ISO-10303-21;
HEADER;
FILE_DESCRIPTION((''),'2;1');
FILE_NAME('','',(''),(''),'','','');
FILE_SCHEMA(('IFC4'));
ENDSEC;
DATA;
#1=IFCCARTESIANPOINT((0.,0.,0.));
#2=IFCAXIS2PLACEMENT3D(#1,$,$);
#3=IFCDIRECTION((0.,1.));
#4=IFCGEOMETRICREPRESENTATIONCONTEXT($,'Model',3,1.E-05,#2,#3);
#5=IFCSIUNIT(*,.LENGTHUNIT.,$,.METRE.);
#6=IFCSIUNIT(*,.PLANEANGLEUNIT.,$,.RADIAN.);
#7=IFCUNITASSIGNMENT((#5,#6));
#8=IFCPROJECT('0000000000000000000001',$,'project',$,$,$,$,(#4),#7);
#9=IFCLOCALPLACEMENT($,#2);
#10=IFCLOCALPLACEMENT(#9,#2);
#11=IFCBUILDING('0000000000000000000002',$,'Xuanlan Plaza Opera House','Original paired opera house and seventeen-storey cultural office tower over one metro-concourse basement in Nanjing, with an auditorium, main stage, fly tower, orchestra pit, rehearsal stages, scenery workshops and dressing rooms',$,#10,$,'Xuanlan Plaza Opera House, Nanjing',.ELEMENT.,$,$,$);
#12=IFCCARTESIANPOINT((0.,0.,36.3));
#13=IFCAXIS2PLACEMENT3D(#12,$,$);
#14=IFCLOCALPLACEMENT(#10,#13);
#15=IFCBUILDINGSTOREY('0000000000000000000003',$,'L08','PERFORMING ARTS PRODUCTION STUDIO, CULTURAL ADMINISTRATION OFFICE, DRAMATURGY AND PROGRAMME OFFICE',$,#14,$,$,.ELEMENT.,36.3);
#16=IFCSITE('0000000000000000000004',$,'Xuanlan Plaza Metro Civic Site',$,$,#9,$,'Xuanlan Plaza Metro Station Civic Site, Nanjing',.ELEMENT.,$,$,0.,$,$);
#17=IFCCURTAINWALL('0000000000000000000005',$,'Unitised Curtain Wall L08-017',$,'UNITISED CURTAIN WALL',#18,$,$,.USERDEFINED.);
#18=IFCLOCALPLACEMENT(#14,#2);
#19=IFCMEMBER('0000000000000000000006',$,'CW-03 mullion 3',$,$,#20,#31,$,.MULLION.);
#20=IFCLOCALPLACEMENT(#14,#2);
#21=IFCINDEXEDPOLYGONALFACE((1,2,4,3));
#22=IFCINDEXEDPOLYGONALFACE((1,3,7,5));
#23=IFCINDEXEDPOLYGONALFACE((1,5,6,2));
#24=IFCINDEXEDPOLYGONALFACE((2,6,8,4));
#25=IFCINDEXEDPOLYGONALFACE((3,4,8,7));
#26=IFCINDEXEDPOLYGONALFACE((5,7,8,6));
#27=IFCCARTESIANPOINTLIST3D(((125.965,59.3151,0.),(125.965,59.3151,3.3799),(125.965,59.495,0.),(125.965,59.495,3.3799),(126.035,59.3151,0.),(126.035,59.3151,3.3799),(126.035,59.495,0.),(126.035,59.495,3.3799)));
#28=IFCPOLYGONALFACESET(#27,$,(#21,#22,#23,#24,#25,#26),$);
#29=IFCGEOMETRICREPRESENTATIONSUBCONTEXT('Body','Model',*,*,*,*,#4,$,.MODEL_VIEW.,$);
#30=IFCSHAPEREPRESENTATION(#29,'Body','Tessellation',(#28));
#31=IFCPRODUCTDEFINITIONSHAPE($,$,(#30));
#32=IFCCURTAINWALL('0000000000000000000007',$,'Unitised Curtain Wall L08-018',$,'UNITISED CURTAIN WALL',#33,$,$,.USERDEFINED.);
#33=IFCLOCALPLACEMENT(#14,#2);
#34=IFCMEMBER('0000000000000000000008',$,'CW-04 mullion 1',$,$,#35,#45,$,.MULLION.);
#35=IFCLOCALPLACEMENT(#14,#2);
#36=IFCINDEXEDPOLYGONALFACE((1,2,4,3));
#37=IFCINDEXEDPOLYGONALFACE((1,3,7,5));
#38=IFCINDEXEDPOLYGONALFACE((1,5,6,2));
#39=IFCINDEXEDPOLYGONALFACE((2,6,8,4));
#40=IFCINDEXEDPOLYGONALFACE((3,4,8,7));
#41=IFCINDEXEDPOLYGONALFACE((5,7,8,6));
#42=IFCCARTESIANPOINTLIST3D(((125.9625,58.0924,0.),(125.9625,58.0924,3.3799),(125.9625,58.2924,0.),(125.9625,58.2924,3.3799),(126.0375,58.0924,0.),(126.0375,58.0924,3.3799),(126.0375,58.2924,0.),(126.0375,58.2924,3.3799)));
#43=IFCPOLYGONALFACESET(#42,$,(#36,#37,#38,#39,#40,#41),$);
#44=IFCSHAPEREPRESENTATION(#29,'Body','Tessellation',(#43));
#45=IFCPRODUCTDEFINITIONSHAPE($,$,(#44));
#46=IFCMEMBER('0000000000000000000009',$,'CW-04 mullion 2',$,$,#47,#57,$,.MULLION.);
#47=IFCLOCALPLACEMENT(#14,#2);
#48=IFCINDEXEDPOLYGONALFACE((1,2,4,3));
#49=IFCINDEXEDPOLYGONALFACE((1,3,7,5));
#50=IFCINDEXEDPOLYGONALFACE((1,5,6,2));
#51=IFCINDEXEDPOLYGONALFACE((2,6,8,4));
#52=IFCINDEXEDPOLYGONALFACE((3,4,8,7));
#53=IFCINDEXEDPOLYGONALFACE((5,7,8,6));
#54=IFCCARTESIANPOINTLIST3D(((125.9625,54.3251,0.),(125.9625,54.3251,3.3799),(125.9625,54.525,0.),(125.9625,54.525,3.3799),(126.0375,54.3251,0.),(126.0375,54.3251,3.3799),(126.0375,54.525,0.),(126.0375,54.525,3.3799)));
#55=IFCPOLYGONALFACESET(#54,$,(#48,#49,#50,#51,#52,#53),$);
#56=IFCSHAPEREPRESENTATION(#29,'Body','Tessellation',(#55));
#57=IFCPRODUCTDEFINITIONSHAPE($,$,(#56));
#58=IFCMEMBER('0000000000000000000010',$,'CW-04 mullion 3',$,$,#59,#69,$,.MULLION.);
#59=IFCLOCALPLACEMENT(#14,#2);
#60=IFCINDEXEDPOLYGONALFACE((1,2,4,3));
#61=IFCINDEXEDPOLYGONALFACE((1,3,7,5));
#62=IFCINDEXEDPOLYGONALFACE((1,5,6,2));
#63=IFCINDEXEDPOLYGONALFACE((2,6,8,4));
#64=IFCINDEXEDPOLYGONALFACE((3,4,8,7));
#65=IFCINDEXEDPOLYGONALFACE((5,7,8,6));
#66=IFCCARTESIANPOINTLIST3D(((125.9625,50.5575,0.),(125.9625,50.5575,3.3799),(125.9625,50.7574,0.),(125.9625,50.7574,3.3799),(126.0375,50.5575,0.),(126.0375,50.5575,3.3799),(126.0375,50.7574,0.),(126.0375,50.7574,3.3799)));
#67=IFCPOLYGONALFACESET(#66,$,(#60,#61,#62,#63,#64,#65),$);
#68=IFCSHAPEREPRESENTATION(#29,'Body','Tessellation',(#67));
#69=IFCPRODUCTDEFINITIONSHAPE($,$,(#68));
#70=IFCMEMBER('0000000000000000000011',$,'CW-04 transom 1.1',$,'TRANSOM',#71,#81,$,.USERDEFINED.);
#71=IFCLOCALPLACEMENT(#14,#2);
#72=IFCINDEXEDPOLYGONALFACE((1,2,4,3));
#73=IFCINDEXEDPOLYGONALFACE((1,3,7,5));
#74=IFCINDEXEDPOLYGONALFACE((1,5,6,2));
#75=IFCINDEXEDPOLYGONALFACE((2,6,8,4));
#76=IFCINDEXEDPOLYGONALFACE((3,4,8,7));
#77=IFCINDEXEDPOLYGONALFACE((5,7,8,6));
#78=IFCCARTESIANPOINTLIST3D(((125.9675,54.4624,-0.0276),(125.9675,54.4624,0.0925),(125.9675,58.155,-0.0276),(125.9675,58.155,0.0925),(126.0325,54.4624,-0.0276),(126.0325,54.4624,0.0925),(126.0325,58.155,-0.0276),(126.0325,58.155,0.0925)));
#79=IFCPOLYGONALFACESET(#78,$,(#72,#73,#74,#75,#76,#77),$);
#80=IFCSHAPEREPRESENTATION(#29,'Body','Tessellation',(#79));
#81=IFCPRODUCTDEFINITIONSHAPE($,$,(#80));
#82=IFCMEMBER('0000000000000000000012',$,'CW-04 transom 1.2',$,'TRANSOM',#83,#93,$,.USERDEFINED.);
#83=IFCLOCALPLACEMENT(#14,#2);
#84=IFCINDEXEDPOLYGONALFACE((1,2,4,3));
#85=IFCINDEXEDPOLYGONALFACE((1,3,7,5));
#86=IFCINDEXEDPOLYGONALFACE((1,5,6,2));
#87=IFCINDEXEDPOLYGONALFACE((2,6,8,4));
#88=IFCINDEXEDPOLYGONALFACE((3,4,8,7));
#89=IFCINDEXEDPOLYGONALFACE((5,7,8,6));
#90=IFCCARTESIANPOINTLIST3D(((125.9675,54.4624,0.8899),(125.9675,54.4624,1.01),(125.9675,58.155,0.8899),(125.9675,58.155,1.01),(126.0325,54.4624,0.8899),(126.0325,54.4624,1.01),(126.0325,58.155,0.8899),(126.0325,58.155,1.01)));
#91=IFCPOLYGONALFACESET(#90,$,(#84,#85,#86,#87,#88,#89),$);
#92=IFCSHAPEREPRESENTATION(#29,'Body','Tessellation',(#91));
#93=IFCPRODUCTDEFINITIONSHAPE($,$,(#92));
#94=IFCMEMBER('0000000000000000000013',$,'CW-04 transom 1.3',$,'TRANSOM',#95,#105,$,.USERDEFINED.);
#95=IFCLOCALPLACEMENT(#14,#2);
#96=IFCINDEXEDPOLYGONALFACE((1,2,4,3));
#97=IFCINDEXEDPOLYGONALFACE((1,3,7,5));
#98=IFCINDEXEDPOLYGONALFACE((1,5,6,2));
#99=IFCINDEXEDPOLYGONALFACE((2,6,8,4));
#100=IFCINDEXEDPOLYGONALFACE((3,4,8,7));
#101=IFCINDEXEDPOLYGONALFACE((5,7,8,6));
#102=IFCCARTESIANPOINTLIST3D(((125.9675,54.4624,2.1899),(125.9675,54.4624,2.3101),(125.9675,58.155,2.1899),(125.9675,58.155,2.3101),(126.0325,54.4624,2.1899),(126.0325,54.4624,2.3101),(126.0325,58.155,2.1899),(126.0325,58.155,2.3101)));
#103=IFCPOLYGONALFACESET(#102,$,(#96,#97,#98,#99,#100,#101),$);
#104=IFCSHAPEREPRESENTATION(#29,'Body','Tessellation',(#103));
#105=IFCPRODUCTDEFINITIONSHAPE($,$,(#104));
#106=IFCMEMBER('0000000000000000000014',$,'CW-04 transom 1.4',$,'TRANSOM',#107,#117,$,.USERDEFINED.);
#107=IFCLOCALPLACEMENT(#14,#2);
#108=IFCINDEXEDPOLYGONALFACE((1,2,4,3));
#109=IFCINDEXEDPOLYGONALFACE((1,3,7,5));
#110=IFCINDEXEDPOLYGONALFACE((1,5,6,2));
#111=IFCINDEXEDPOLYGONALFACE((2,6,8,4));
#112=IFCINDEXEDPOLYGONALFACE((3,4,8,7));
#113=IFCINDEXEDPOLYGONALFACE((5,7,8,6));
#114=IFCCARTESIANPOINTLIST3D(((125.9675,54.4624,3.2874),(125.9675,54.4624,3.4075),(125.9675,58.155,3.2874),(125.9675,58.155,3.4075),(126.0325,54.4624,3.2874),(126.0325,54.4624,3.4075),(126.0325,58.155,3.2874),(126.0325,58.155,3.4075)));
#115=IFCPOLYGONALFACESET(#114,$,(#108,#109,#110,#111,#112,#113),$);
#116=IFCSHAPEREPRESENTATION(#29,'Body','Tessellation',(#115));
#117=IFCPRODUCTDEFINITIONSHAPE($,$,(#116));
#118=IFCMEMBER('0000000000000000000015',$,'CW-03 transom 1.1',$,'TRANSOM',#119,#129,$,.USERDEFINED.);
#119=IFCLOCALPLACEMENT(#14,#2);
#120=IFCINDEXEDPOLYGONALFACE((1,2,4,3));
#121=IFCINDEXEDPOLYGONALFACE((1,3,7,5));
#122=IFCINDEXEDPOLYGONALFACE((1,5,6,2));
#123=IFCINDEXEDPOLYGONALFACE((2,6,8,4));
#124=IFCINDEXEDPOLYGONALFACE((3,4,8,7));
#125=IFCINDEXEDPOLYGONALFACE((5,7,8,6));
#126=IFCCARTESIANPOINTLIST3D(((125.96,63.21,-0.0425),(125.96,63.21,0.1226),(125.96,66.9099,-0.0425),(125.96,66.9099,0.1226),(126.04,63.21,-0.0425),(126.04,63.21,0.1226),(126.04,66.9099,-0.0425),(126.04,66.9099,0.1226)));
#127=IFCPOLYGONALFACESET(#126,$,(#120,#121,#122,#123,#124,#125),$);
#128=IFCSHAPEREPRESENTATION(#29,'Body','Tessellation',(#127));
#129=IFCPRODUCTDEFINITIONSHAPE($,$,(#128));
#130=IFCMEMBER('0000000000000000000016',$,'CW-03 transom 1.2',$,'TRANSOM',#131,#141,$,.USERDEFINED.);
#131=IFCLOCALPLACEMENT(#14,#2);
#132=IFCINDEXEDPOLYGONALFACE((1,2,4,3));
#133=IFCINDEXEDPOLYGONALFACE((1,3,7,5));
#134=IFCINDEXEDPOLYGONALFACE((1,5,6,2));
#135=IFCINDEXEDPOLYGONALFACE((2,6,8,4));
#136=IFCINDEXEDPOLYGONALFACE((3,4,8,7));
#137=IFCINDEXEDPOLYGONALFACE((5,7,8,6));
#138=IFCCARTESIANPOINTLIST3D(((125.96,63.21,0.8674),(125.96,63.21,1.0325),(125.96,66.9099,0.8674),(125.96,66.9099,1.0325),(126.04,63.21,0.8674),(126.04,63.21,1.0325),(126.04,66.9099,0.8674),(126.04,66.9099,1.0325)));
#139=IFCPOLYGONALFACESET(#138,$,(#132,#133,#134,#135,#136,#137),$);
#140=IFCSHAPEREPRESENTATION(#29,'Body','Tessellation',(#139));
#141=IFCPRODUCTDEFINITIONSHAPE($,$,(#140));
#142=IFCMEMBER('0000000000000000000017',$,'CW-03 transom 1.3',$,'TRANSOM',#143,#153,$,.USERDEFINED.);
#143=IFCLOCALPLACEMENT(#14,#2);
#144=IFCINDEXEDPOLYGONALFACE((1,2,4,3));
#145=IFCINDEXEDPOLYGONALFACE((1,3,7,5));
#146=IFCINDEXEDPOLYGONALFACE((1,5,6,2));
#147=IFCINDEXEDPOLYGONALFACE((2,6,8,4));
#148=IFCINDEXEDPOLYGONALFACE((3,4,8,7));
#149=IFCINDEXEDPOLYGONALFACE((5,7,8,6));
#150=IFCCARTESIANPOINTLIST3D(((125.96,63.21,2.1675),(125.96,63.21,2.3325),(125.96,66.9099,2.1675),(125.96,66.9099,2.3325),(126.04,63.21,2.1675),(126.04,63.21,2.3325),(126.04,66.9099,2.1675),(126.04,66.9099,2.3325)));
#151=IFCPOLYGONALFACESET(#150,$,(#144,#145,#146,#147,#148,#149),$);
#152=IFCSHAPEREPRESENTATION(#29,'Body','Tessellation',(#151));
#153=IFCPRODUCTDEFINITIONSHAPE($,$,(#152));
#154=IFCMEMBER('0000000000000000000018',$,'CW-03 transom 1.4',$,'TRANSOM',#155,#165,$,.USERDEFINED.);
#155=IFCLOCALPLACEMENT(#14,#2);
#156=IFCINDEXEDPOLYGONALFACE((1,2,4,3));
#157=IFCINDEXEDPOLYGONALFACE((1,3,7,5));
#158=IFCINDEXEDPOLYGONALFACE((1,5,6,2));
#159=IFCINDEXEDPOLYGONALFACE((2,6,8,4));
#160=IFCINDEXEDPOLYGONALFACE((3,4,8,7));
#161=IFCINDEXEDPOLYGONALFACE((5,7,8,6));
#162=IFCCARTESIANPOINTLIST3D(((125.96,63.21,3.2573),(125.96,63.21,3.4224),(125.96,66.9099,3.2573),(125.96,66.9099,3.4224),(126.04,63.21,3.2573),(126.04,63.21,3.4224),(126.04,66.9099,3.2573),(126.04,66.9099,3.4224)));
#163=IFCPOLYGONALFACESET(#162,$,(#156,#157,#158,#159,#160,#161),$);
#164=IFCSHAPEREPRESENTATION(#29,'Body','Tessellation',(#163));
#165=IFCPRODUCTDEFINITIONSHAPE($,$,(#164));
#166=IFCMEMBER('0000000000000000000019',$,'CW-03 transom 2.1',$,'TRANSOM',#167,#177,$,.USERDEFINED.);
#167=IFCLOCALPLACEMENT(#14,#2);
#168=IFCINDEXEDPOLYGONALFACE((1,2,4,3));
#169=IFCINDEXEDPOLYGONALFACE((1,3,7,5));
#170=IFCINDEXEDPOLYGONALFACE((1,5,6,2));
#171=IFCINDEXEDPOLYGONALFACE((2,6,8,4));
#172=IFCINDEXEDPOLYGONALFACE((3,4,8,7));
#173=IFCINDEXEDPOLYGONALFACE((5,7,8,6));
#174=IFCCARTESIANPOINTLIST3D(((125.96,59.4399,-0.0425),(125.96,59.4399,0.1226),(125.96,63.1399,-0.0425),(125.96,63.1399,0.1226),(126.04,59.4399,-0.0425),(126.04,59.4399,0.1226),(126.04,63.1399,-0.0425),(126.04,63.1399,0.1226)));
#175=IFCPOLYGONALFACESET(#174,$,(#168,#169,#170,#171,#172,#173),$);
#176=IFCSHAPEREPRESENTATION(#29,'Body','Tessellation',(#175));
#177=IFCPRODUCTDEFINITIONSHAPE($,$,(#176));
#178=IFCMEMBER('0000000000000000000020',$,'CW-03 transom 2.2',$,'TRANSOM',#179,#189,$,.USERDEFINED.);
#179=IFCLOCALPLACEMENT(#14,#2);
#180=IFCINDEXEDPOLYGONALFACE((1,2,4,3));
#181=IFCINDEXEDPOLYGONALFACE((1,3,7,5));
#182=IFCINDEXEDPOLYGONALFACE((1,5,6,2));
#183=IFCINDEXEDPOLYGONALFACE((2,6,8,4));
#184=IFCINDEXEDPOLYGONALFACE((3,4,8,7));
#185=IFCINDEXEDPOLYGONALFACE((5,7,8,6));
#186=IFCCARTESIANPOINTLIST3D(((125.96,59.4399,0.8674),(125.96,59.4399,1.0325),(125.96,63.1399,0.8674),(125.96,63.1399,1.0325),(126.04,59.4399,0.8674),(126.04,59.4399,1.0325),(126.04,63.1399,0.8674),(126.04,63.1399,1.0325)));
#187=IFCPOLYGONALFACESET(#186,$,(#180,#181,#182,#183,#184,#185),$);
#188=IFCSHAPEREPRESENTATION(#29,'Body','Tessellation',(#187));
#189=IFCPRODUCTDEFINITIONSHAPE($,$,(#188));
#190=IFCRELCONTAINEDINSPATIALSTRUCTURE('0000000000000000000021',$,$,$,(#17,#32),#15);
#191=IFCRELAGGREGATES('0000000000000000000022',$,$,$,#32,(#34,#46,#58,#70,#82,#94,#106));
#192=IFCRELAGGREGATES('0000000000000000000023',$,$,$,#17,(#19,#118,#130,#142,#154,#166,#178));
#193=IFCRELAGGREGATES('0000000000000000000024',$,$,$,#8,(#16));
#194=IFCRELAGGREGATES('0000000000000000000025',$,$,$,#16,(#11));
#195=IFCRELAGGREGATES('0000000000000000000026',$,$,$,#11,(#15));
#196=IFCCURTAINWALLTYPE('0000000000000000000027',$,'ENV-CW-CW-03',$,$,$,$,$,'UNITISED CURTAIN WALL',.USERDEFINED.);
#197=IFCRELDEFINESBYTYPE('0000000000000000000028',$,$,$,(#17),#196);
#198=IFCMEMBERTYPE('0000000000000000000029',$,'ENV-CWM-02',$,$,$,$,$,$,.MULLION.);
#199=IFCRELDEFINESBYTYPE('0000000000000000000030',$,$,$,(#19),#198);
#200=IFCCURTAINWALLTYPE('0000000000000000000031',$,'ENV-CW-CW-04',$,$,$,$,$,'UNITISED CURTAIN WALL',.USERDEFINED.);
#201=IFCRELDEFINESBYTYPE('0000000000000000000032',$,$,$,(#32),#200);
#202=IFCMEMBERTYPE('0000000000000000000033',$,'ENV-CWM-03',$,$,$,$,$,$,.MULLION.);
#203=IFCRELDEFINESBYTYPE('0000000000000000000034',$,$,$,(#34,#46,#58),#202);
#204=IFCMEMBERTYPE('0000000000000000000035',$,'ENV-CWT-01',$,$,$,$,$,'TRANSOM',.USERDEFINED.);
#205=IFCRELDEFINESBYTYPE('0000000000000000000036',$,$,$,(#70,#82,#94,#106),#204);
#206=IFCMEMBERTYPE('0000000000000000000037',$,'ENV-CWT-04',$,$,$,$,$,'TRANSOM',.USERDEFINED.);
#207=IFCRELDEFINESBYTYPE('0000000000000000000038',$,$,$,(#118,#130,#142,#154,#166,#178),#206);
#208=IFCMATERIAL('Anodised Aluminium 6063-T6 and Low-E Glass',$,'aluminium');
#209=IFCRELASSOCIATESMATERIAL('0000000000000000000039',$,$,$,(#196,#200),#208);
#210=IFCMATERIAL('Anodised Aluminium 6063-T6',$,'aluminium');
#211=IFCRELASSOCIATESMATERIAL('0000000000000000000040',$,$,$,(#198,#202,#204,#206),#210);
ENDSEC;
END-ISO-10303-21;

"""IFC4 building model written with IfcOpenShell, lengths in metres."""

from ifc_helpers import new_model, si_unit, direction, frame, origin, origin_2d, place, context, subcontext, project, spatial, rectangle, extrude, material, material_profile, profile_set, type_object, element, aggregate, save


model = new_model("IFC4")

# Units and contexts
model_context = context("Model", 3, precision=1e-05, world=origin(), true_north=direction((0.0, 1.0)))
body_context = subcontext(model_context, "Body", "Model", "MODEL_VIEW")
ifc_project = project(units=[si_unit("LENGTHUNIT", "METRE"), si_unit("PLANEANGLEUNIT", "RADIAN")], contexts=[model_context])

# Site, building, storey
site_placement = place(None, origin())
site = spatial("IfcSite", under=ifc_project, at=site_placement, Name="Xuanlan Plaza Metro Civic Site", LongName="Xuanlan Plaza Metro Station Civic Site, Nanjing", CompositionType="ELEMENT", RefElevation=0.0)
building_placement = place(site_placement, origin())
building = spatial("IfcBuilding", under=site, at=building_placement, Name="Xuanlan Plaza Opera House", Description="Original paired opera house and seventeen-storey cultural office tower over one metro-concourse basement in Nanjing, with an auditorium, main stage, fly tower, orchestra pit, rehearsal stages, scenery workshops and dressing rooms", LongName="Xuanlan Plaza Opera House, Nanjing", CompositionType="ELEMENT")
storey_placement = place(building_placement, frame((0.0, 0.0, 36.3)))
storey = spatial("IfcBuildingStorey", under=building, at=storey_placement, Name="L08", Description="PERFORMING ARTS PRODUCTION STUDIO, CULTURAL ADMINISTRATION OFFICE, DRAMATURGY AND PROGRAMME OFFICE", CompositionType="ELEMENT", Elevation=36.3)

# Curtain walls, members
ifc_material_1 = material(Name="Anodised Aluminium 6063-T6 and Low-E Glass", Category="aluminium")
curtain_wall_type_1 = type_object("IfcCurtainWallType", Name="ENV-CW-CW-03", ElementType="UNITISED CURTAIN WALL", PredefinedType="USERDEFINED", material=ifc_material_1)
curtain_wall_1_placement = place(storey_placement, origin())
curtain_wall_1 = element("IfcCurtainWall", 1, at=curtain_wall_1_placement, inside=storey, type_object=curtain_wall_type_1, Name="Unitised Curtain Wall L08-017", ObjectType="UNITISED CURTAIN WALL", PredefinedType="USERDEFINED")
ifc_material_2 = material(Name="Anodised Aluminium 6063-T6", Category="aluminium")
ifc_material_profile_1 = material_profile(ifc_material_2, rectangle(XDim=0.0701, YDim=0.1799, at=origin_2d()), Name="ALU-M 70x180")
ifc_profile_set_1 = profile_set([ifc_material_profile_1], Name="Anodised Aluminium 6063-T6")
member_type_1 = type_object("IfcMemberType", Name="ENV-CWM-02", PredefinedType="MULLION", material=ifc_profile_set_1)
member_1_placement = place(storey_placement, frame((126.0, 59.405, 0.0), z_axis=(0.0, 0.0, 1.0), x_axis=(1.0, 0.0, 0.0)))
member_1 = element("IfcMember", 2, at=member_1_placement, type_object=member_type_1, Name="CW-03 mullion 3", PredefinedType="MULLION", context=body_context, shape_type="SweptSolid", body=[
    extrude(rectangle(XDim=0.0701, YDim=0.1799, at=origin_2d()), origin(), (0.0, 0.0, 1.0), 3.3799),
])
curtain_wall_type_2 = type_object("IfcCurtainWallType", Name="ENV-CW-CW-04", ElementType="UNITISED CURTAIN WALL", PredefinedType="USERDEFINED", material=ifc_material_1)
curtain_wall_2_placement = place(storey_placement, origin())
curtain_wall_2 = element("IfcCurtainWall", 3, at=curtain_wall_2_placement, inside=storey, type_object=curtain_wall_type_2, Name="Unitised Curtain Wall L08-018", ObjectType="UNITISED CURTAIN WALL", PredefinedType="USERDEFINED")
ifc_material_profile_2 = material_profile(ifc_material_2, rectangle(XDim=0.075, YDim=0.2, at=origin_2d()), Name="ALU-M 75x200")
ifc_profile_set_2 = profile_set([ifc_material_profile_2], Name="Anodised Aluminium 6063-T6")
member_type_2 = type_object("IfcMemberType", Name="ENV-CWM-03", PredefinedType="MULLION", material=ifc_profile_set_2)
member_2_placement = place(storey_placement, frame((126.0, 58.1924, 0.0), z_axis=(0.0, 0.0, 1.0), x_axis=(1.0, 0.0, 0.0)))
member_2 = element("IfcMember", 4, at=member_2_placement, type_object=member_type_2, Name="CW-04 mullion 1", PredefinedType="MULLION", context=body_context, shape_type="SweptSolid", body=[
    extrude(rectangle(XDim=0.075, YDim=0.2, at=origin_2d()), origin(), (0.0, 0.0, 1.0), 3.3799),
])
member_3_placement = place(storey_placement, frame((126.0, 54.425, 0.0), z_axis=(0.0, 0.0, 1.0), x_axis=(1.0, 0.0, 0.0)))
member_3 = element("IfcMember", 5, at=member_3_placement, type_object=member_type_2, Name="CW-04 mullion 2", PredefinedType="MULLION", context=body_context, shape_type="SweptSolid", body=[
    extrude(rectangle(XDim=0.075, YDim=0.2, at=origin_2d()), origin(), (0.0, 0.0, 1.0), 3.3799),
])
member_4_placement = place(storey_placement, frame((126.0, 50.6575, 0.0), z_axis=(0.0, 0.0, 1.0), x_axis=(1.0, 0.0, 0.0)))
member_4 = element("IfcMember", 6, at=member_4_placement, type_object=member_type_2, Name="CW-04 mullion 3", PredefinedType="MULLION", context=body_context, shape_type="SweptSolid", body=[
    extrude(rectangle(XDim=0.075, YDim=0.2, at=origin_2d()), origin(), (0.0, 0.0, 1.0), 3.3799),
])
ifc_material_profile_3 = material_profile(ifc_material_2, rectangle(XDim=0.0649, YDim=0.1201, at=origin_2d()), Name="ALU-T 65x120")
ifc_profile_set_3 = profile_set([ifc_material_profile_3], Name="Anodised Aluminium 6063-T6")
member_type_3 = type_object("IfcMemberType", Name="ENV-CWT-01", ElementType="TRANSOM", PredefinedType="USERDEFINED", material=ifc_profile_set_3)
member_5_placement = place(storey_placement, frame((126.0, 58.155, 0.0325), z_axis=(0.0, -1.0, 0.0), x_axis=(1.0, 0.0, 0.0)))
member_5 = element("IfcMember", 7, at=member_5_placement, type_object=member_type_3, Name="CW-04 transom 1.1", ObjectType="TRANSOM", PredefinedType="USERDEFINED", context=body_context, shape_type="SweptSolid", body=[
    extrude(rectangle(XDim=0.0649, YDim=0.1201, at=origin_2d()), origin(), (0.0, 0.0, 1.0), 3.6926),
])
member_6_placement = place(storey_placement, frame((126.0, 58.155, 0.95), z_axis=(0.0, -1.0, 0.0), x_axis=(1.0, 0.0, 0.0)))
member_6 = element("IfcMember", 8, at=member_6_placement, type_object=member_type_3, Name="CW-04 transom 1.2", ObjectType="TRANSOM", PredefinedType="USERDEFINED", context=body_context, shape_type="SweptSolid", body=[
    extrude(rectangle(XDim=0.0649, YDim=0.1201, at=origin_2d()), origin(), (0.0, 0.0, 1.0), 3.6926),
])
member_7_placement = place(storey_placement, frame((126.0, 58.155, 2.25), z_axis=(0.0, -1.0, 0.0), x_axis=(1.0, 0.0, 0.0)))
member_7 = element("IfcMember", 9, at=member_7_placement, type_object=member_type_3, Name="CW-04 transom 1.3", ObjectType="TRANSOM", PredefinedType="USERDEFINED", context=body_context, shape_type="SweptSolid", body=[
    extrude(rectangle(XDim=0.0649, YDim=0.1201, at=origin_2d()), origin(), (0.0, 0.0, 1.0), 3.6926),
])
member_8_placement = place(storey_placement, frame((126.0, 58.155, 3.3474), z_axis=(0.0, -1.0, 0.0), x_axis=(1.0, 0.0, 0.0)))
member_8 = element("IfcMember", 10, at=member_8_placement, type_object=member_type_3, Name="CW-04 transom 1.4", ObjectType="TRANSOM", PredefinedType="USERDEFINED", context=body_context, shape_type="SweptSolid", body=[
    extrude(rectangle(XDim=0.0649, YDim=0.1201, at=origin_2d()), origin(), (0.0, 0.0, 1.0), 3.6926),
])
aggregate(curtain_wall_2, [member_2, member_3, member_4, member_5, member_6, member_7, member_8])

# Members
ifc_material_profile_4 = material_profile(ifc_material_2, rectangle(XDim=0.0801, YDim=0.165, at=origin_2d()), Name="ALU-T 80x165")
ifc_profile_set_4 = profile_set([ifc_material_profile_4], Name="Anodised Aluminium 6063-T6")
member_type_4 = type_object("IfcMemberType", Name="ENV-CWT-04", ElementType="TRANSOM", PredefinedType="USERDEFINED", material=ifc_profile_set_4)
member_9_placement = place(storey_placement, frame((126.0, 66.9099, 0.04), z_axis=(0.0, -1.0, 0.0), x_axis=(1.0, 0.0, 0.0)))
member_9 = element("IfcMember", 11, at=member_9_placement, type_object=member_type_4, Name="CW-03 transom 1.1", ObjectType="TRANSOM", PredefinedType="USERDEFINED", context=body_context, shape_type="SweptSolid", body=[
    extrude(rectangle(XDim=0.0801, YDim=0.165, at=origin_2d()), origin(), (0.0, 0.0, 1.0), 3.7),
])
member_10_placement = place(storey_placement, frame((126.0, 66.9099, 0.95), z_axis=(0.0, -1.0, 0.0), x_axis=(1.0, 0.0, 0.0)))
member_10 = element("IfcMember", 12, at=member_10_placement, type_object=member_type_4, Name="CW-03 transom 1.2", ObjectType="TRANSOM", PredefinedType="USERDEFINED", context=body_context, shape_type="SweptSolid", body=[
    extrude(rectangle(XDim=0.0801, YDim=0.165, at=origin_2d()), origin(), (0.0, 0.0, 1.0), 3.7),
])
member_11_placement = place(storey_placement, frame((126.0, 66.9099, 2.25), z_axis=(0.0, -1.0, 0.0), x_axis=(1.0, 0.0, 0.0)))
member_11 = element("IfcMember", 13, at=member_11_placement, type_object=member_type_4, Name="CW-03 transom 1.3", ObjectType="TRANSOM", PredefinedType="USERDEFINED", context=body_context, shape_type="SweptSolid", body=[
    extrude(rectangle(XDim=0.0801, YDim=0.165, at=origin_2d()), origin(), (0.0, 0.0, 1.0), 3.7),
])
member_12_placement = place(storey_placement, frame((126.0, 66.9099, 3.3398), z_axis=(0.0, -1.0, 0.0), x_axis=(1.0, 0.0, 0.0)))
member_12 = element("IfcMember", 14, at=member_12_placement, type_object=member_type_4, Name="CW-03 transom 1.4", ObjectType="TRANSOM", PredefinedType="USERDEFINED", context=body_context, shape_type="SweptSolid", body=[
    extrude(rectangle(XDim=0.0801, YDim=0.165, at=origin_2d()), origin(), (0.0, 0.0, 1.0), 3.7),
])
member_13_placement = place(storey_placement, frame((126.0, 63.1399, 0.04), z_axis=(0.0, -1.0, 0.0), x_axis=(1.0, 0.0, 0.0)))
member_13 = element("IfcMember", 15, at=member_13_placement, type_object=member_type_4, Name="CW-03 transom 2.1", ObjectType="TRANSOM", PredefinedType="USERDEFINED", context=body_context, shape_type="SweptSolid", body=[
    extrude(rectangle(XDim=0.0801, YDim=0.165, at=origin_2d()), origin(), (0.0, 0.0, 1.0), 3.7),
])
member_14_placement = place(storey_placement, frame((126.0, 63.1399, 0.95), z_axis=(0.0, -1.0, 0.0), x_axis=(1.0, 0.0, 0.0)))
member_14 = element("IfcMember", 16, at=member_14_placement, type_object=member_type_4, Name="CW-03 transom 2.2", ObjectType="TRANSOM", PredefinedType="USERDEFINED", context=body_context, shape_type="SweptSolid", body=[
    extrude(rectangle(XDim=0.0801, YDim=0.165, at=origin_2d()), origin(), (0.0, 0.0, 1.0), 3.7),
])

aggregate(curtain_wall_1, [member_1, member_9, member_10, member_11, member_12, member_13, member_14])

save(model, "model.ifc")
